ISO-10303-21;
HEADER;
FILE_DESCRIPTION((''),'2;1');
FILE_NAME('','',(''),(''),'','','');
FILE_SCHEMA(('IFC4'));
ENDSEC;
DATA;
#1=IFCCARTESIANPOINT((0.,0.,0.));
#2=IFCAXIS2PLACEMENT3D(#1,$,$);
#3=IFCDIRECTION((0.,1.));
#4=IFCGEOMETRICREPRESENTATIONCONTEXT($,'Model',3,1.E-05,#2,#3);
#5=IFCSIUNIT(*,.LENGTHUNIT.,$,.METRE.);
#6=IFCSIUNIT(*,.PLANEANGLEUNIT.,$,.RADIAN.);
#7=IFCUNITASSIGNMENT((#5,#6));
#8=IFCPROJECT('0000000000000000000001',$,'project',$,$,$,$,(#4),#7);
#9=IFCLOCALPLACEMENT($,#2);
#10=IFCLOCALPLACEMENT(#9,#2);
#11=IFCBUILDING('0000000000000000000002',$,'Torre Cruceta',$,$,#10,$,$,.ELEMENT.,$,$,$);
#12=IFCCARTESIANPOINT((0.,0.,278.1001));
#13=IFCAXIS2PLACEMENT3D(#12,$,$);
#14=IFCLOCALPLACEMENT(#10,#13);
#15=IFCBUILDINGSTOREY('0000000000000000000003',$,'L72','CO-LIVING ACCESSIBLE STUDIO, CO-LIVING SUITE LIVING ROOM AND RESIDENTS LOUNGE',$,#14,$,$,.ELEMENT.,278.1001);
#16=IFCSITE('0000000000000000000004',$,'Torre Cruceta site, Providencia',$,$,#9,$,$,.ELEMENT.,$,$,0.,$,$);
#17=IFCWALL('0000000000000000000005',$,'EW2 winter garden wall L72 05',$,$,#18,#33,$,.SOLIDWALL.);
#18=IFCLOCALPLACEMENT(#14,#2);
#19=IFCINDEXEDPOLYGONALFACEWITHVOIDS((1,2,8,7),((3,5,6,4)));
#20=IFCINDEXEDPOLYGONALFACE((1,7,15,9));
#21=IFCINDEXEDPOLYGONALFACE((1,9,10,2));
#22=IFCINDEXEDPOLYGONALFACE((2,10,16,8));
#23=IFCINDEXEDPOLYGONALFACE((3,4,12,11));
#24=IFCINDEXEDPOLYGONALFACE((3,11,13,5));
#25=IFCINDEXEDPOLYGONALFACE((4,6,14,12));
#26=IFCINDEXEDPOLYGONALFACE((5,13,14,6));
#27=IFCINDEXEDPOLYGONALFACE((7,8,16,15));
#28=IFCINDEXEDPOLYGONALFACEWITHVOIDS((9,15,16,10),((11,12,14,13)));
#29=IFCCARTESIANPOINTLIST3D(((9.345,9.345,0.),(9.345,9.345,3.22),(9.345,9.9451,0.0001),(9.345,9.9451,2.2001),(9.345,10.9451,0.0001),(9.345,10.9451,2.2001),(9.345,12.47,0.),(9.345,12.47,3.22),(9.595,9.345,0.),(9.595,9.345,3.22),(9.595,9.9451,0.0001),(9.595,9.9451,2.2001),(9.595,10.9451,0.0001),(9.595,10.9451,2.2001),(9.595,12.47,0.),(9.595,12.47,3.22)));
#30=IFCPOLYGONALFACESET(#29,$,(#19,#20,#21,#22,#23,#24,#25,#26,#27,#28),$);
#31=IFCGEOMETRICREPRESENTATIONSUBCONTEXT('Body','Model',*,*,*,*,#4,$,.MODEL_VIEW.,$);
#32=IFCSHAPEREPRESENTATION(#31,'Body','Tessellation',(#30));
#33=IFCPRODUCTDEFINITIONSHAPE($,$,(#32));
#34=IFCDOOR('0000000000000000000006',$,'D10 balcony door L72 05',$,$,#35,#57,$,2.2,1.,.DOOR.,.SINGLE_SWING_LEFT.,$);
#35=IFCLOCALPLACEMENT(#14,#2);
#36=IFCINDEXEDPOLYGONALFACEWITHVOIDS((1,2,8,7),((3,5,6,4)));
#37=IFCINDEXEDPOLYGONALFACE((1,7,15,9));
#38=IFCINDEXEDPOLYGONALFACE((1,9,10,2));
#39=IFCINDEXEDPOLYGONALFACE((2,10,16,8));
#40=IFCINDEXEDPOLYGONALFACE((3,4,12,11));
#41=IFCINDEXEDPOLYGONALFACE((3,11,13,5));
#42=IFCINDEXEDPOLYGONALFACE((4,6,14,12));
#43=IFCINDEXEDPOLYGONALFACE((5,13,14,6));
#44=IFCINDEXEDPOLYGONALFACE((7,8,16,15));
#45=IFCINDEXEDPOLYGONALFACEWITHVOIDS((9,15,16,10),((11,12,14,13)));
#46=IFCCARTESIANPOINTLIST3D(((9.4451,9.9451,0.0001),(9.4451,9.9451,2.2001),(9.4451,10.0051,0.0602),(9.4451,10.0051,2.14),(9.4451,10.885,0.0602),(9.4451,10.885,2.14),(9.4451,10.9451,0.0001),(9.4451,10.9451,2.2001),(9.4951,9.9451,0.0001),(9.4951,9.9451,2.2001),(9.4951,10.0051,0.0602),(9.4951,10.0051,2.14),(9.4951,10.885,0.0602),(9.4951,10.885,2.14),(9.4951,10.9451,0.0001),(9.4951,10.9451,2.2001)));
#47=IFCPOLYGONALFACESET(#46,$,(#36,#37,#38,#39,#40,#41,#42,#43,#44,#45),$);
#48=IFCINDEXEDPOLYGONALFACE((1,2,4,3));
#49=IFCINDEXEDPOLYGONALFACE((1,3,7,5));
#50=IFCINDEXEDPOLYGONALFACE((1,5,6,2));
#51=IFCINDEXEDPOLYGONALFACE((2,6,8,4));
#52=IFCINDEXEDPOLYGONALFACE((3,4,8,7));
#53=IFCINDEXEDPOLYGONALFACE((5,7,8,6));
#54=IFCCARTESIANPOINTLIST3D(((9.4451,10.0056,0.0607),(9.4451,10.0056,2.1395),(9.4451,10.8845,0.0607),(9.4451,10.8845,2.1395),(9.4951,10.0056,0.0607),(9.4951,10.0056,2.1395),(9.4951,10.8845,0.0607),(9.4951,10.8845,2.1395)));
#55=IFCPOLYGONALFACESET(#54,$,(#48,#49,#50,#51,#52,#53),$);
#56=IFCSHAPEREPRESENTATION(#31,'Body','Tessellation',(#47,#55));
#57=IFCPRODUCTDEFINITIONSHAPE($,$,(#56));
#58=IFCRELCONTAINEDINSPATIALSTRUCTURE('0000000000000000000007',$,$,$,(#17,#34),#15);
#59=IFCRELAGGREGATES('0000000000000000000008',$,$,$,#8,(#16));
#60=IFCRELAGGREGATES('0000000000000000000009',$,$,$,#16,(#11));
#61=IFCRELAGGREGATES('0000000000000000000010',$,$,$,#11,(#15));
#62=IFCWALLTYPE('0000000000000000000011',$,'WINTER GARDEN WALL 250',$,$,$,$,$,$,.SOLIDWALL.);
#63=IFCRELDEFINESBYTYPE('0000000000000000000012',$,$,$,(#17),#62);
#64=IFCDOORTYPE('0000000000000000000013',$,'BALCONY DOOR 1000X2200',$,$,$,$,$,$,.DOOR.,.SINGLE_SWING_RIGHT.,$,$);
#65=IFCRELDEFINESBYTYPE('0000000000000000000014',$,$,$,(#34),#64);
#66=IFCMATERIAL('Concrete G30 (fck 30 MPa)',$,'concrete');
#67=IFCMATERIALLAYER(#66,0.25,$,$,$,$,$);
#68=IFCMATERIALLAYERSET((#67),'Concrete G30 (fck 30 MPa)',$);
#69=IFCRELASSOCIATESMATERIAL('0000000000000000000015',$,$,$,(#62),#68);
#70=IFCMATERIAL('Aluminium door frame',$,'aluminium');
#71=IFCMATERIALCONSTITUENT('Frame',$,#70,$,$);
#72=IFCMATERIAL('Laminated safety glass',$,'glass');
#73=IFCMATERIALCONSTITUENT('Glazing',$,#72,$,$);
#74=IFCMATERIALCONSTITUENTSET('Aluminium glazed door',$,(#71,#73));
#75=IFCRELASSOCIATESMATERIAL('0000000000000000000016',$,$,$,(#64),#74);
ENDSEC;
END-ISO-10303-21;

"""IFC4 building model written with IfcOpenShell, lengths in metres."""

from ifc_helpers import new_model, si_unit, direction, frame, frame_2d, origin, place, context, subcontext, project, spatial, rectangle, hollow_rectangle, extrude, material, layer, layer_set, constituent, constituent_set, type_object, element, fill, save


model = new_model("IFC4")

# Units and contexts
model_context = context("Model", 3, precision=1e-05, world=origin(), true_north=direction((0.0, 1.0)))
body_context = subcontext(model_context, "Body", "Model", "MODEL_VIEW")
ifc_project = project(units=[si_unit("LENGTHUNIT", "METRE"), si_unit("PLANEANGLEUNIT", "RADIAN")], contexts=[model_context])

# Site, building, storey
site_placement = place(None, origin())
site = spatial("IfcSite", under=ifc_project, at=site_placement, Name="Torre Cruceta site, Providencia", CompositionType="ELEMENT", RefElevation=0.0)
building_placement = place(site_placement, origin())
building = spatial("IfcBuilding", under=site, at=building_placement, Name="Torre Cruceta", CompositionType="ELEMENT")
storey_placement = place(building_placement, frame((0.0, 0.0, 278.1001)))
storey = spatial("IfcBuildingStorey", under=building, at=storey_placement, Name="L72", Description="CO-LIVING ACCESSIBLE STUDIO, CO-LIVING SUITE LIVING ROOM AND RESIDENTS LOUNGE", CompositionType="ELEMENT", Elevation=278.1001)

# Wall, opening, door
ifc_material_1 = material(Name="Concrete G30 (fck 30 MPa)", Category="concrete")
ifc_layer_1 = layer(ifc_material_1, 0.25)
ifc_layer_set_1 = layer_set([ifc_layer_1], Name="Concrete G30 (fck 30 MPa)")
wall_type_1 = type_object("IfcWallType", Name="WINTER GARDEN WALL 250", PredefinedType="SOLIDWALL", material=ifc_layer_set_1)
ifc_material_2 = material(Name="Aluminium door frame", Category="aluminium")
ifc_constituent_1 = constituent(ifc_material_2, Name="Frame")
ifc_material_3 = material(Name="Laminated safety glass", Category="glass")
ifc_constituent_2 = constituent(ifc_material_3, Name="Glazing")
ifc_constituent_set_1 = constituent_set(constituents=[ifc_constituent_1, ifc_constituent_2], Name="Aluminium glazed door")
door_type = type_object("IfcDoorType", Name="BALCONY DOOR 1000X2200", OperationType="SINGLE_SWING_RIGHT", PredefinedType="DOOR", material=ifc_constituent_set_1)
wall_1_placement = place(storey_placement, frame((9.47, 9.345, 0.0), z_axis=(0.0, 0.0, 1.0), x_axis=(0.0, 1.0, 0.0)))
wall_1 = element("IfcWall", 1, at=wall_1_placement, inside=storey, type_object=wall_type_1, Name="EW2 winter garden wall L72 05", PredefinedType="SOLIDWALL", context=body_context, shape_type="SweptSolid", body=[
    extrude(rectangle(XDim=3.125, YDim=0.25, at=frame_2d((1.5625, 0.0))), origin(), (0.0, 0.0, 1.0), 3.22),
])
opening_1_placement = place(wall_1_placement, frame((0.6001, 0.0, 0.0)))
opening_1 = element("IfcOpeningElement", 2, at=opening_1_placement, cuts=wall_1, PredefinedType="OPENING", context=body_context, shape_type="SweptSolid", body=[
    extrude(rectangle(XDim=1.0, YDim=2.2, at=frame_2d((0.5, 1.1001))), frame((0.0, 0.135, 0.0), z_axis=(0.0, -1.0, 0.0), x_axis=(1.0, 0.0, 0.0)), (0.0, 0.0, 1.0), 0.27),
])
door_1_placement = place(opening_1_placement, origin())
door_1 = element("IfcDoor", 3, at=door_1_placement, inside=storey, type_object=door_type, Name="D10 balcony door L72 05", OperationType="SINGLE_SWING_LEFT", OverallHeight=2.2, OverallWidth=1.0, PredefinedType="DOOR", context=body_context, shape_type="SweptSolid", body=[
    extrude(hollow_rectangle(XDim=1.0, YDim=2.2, WallThickness=0.0601, at=frame_2d((0.5, 1.1001))), frame((0.0, 0.0249, 0.0), z_axis=(0.0, -1.0, 0.0), x_axis=(1.0, 0.0, 0.0)), (0.0, 0.0, 1.0), 0.05),
    extrude(rectangle(XDim=0.8789, YDim=2.0789, at=frame_2d((0.5, 1.1001))), frame((0.0, 0.0249, 0.0), z_axis=(0.0, -1.0, 0.0), x_axis=(1.0, 0.0, 0.0)), (0.0, 0.0, 1.0), 0.05),
])
fill(opening_1, door_1)

save(model, "model.ifc")
